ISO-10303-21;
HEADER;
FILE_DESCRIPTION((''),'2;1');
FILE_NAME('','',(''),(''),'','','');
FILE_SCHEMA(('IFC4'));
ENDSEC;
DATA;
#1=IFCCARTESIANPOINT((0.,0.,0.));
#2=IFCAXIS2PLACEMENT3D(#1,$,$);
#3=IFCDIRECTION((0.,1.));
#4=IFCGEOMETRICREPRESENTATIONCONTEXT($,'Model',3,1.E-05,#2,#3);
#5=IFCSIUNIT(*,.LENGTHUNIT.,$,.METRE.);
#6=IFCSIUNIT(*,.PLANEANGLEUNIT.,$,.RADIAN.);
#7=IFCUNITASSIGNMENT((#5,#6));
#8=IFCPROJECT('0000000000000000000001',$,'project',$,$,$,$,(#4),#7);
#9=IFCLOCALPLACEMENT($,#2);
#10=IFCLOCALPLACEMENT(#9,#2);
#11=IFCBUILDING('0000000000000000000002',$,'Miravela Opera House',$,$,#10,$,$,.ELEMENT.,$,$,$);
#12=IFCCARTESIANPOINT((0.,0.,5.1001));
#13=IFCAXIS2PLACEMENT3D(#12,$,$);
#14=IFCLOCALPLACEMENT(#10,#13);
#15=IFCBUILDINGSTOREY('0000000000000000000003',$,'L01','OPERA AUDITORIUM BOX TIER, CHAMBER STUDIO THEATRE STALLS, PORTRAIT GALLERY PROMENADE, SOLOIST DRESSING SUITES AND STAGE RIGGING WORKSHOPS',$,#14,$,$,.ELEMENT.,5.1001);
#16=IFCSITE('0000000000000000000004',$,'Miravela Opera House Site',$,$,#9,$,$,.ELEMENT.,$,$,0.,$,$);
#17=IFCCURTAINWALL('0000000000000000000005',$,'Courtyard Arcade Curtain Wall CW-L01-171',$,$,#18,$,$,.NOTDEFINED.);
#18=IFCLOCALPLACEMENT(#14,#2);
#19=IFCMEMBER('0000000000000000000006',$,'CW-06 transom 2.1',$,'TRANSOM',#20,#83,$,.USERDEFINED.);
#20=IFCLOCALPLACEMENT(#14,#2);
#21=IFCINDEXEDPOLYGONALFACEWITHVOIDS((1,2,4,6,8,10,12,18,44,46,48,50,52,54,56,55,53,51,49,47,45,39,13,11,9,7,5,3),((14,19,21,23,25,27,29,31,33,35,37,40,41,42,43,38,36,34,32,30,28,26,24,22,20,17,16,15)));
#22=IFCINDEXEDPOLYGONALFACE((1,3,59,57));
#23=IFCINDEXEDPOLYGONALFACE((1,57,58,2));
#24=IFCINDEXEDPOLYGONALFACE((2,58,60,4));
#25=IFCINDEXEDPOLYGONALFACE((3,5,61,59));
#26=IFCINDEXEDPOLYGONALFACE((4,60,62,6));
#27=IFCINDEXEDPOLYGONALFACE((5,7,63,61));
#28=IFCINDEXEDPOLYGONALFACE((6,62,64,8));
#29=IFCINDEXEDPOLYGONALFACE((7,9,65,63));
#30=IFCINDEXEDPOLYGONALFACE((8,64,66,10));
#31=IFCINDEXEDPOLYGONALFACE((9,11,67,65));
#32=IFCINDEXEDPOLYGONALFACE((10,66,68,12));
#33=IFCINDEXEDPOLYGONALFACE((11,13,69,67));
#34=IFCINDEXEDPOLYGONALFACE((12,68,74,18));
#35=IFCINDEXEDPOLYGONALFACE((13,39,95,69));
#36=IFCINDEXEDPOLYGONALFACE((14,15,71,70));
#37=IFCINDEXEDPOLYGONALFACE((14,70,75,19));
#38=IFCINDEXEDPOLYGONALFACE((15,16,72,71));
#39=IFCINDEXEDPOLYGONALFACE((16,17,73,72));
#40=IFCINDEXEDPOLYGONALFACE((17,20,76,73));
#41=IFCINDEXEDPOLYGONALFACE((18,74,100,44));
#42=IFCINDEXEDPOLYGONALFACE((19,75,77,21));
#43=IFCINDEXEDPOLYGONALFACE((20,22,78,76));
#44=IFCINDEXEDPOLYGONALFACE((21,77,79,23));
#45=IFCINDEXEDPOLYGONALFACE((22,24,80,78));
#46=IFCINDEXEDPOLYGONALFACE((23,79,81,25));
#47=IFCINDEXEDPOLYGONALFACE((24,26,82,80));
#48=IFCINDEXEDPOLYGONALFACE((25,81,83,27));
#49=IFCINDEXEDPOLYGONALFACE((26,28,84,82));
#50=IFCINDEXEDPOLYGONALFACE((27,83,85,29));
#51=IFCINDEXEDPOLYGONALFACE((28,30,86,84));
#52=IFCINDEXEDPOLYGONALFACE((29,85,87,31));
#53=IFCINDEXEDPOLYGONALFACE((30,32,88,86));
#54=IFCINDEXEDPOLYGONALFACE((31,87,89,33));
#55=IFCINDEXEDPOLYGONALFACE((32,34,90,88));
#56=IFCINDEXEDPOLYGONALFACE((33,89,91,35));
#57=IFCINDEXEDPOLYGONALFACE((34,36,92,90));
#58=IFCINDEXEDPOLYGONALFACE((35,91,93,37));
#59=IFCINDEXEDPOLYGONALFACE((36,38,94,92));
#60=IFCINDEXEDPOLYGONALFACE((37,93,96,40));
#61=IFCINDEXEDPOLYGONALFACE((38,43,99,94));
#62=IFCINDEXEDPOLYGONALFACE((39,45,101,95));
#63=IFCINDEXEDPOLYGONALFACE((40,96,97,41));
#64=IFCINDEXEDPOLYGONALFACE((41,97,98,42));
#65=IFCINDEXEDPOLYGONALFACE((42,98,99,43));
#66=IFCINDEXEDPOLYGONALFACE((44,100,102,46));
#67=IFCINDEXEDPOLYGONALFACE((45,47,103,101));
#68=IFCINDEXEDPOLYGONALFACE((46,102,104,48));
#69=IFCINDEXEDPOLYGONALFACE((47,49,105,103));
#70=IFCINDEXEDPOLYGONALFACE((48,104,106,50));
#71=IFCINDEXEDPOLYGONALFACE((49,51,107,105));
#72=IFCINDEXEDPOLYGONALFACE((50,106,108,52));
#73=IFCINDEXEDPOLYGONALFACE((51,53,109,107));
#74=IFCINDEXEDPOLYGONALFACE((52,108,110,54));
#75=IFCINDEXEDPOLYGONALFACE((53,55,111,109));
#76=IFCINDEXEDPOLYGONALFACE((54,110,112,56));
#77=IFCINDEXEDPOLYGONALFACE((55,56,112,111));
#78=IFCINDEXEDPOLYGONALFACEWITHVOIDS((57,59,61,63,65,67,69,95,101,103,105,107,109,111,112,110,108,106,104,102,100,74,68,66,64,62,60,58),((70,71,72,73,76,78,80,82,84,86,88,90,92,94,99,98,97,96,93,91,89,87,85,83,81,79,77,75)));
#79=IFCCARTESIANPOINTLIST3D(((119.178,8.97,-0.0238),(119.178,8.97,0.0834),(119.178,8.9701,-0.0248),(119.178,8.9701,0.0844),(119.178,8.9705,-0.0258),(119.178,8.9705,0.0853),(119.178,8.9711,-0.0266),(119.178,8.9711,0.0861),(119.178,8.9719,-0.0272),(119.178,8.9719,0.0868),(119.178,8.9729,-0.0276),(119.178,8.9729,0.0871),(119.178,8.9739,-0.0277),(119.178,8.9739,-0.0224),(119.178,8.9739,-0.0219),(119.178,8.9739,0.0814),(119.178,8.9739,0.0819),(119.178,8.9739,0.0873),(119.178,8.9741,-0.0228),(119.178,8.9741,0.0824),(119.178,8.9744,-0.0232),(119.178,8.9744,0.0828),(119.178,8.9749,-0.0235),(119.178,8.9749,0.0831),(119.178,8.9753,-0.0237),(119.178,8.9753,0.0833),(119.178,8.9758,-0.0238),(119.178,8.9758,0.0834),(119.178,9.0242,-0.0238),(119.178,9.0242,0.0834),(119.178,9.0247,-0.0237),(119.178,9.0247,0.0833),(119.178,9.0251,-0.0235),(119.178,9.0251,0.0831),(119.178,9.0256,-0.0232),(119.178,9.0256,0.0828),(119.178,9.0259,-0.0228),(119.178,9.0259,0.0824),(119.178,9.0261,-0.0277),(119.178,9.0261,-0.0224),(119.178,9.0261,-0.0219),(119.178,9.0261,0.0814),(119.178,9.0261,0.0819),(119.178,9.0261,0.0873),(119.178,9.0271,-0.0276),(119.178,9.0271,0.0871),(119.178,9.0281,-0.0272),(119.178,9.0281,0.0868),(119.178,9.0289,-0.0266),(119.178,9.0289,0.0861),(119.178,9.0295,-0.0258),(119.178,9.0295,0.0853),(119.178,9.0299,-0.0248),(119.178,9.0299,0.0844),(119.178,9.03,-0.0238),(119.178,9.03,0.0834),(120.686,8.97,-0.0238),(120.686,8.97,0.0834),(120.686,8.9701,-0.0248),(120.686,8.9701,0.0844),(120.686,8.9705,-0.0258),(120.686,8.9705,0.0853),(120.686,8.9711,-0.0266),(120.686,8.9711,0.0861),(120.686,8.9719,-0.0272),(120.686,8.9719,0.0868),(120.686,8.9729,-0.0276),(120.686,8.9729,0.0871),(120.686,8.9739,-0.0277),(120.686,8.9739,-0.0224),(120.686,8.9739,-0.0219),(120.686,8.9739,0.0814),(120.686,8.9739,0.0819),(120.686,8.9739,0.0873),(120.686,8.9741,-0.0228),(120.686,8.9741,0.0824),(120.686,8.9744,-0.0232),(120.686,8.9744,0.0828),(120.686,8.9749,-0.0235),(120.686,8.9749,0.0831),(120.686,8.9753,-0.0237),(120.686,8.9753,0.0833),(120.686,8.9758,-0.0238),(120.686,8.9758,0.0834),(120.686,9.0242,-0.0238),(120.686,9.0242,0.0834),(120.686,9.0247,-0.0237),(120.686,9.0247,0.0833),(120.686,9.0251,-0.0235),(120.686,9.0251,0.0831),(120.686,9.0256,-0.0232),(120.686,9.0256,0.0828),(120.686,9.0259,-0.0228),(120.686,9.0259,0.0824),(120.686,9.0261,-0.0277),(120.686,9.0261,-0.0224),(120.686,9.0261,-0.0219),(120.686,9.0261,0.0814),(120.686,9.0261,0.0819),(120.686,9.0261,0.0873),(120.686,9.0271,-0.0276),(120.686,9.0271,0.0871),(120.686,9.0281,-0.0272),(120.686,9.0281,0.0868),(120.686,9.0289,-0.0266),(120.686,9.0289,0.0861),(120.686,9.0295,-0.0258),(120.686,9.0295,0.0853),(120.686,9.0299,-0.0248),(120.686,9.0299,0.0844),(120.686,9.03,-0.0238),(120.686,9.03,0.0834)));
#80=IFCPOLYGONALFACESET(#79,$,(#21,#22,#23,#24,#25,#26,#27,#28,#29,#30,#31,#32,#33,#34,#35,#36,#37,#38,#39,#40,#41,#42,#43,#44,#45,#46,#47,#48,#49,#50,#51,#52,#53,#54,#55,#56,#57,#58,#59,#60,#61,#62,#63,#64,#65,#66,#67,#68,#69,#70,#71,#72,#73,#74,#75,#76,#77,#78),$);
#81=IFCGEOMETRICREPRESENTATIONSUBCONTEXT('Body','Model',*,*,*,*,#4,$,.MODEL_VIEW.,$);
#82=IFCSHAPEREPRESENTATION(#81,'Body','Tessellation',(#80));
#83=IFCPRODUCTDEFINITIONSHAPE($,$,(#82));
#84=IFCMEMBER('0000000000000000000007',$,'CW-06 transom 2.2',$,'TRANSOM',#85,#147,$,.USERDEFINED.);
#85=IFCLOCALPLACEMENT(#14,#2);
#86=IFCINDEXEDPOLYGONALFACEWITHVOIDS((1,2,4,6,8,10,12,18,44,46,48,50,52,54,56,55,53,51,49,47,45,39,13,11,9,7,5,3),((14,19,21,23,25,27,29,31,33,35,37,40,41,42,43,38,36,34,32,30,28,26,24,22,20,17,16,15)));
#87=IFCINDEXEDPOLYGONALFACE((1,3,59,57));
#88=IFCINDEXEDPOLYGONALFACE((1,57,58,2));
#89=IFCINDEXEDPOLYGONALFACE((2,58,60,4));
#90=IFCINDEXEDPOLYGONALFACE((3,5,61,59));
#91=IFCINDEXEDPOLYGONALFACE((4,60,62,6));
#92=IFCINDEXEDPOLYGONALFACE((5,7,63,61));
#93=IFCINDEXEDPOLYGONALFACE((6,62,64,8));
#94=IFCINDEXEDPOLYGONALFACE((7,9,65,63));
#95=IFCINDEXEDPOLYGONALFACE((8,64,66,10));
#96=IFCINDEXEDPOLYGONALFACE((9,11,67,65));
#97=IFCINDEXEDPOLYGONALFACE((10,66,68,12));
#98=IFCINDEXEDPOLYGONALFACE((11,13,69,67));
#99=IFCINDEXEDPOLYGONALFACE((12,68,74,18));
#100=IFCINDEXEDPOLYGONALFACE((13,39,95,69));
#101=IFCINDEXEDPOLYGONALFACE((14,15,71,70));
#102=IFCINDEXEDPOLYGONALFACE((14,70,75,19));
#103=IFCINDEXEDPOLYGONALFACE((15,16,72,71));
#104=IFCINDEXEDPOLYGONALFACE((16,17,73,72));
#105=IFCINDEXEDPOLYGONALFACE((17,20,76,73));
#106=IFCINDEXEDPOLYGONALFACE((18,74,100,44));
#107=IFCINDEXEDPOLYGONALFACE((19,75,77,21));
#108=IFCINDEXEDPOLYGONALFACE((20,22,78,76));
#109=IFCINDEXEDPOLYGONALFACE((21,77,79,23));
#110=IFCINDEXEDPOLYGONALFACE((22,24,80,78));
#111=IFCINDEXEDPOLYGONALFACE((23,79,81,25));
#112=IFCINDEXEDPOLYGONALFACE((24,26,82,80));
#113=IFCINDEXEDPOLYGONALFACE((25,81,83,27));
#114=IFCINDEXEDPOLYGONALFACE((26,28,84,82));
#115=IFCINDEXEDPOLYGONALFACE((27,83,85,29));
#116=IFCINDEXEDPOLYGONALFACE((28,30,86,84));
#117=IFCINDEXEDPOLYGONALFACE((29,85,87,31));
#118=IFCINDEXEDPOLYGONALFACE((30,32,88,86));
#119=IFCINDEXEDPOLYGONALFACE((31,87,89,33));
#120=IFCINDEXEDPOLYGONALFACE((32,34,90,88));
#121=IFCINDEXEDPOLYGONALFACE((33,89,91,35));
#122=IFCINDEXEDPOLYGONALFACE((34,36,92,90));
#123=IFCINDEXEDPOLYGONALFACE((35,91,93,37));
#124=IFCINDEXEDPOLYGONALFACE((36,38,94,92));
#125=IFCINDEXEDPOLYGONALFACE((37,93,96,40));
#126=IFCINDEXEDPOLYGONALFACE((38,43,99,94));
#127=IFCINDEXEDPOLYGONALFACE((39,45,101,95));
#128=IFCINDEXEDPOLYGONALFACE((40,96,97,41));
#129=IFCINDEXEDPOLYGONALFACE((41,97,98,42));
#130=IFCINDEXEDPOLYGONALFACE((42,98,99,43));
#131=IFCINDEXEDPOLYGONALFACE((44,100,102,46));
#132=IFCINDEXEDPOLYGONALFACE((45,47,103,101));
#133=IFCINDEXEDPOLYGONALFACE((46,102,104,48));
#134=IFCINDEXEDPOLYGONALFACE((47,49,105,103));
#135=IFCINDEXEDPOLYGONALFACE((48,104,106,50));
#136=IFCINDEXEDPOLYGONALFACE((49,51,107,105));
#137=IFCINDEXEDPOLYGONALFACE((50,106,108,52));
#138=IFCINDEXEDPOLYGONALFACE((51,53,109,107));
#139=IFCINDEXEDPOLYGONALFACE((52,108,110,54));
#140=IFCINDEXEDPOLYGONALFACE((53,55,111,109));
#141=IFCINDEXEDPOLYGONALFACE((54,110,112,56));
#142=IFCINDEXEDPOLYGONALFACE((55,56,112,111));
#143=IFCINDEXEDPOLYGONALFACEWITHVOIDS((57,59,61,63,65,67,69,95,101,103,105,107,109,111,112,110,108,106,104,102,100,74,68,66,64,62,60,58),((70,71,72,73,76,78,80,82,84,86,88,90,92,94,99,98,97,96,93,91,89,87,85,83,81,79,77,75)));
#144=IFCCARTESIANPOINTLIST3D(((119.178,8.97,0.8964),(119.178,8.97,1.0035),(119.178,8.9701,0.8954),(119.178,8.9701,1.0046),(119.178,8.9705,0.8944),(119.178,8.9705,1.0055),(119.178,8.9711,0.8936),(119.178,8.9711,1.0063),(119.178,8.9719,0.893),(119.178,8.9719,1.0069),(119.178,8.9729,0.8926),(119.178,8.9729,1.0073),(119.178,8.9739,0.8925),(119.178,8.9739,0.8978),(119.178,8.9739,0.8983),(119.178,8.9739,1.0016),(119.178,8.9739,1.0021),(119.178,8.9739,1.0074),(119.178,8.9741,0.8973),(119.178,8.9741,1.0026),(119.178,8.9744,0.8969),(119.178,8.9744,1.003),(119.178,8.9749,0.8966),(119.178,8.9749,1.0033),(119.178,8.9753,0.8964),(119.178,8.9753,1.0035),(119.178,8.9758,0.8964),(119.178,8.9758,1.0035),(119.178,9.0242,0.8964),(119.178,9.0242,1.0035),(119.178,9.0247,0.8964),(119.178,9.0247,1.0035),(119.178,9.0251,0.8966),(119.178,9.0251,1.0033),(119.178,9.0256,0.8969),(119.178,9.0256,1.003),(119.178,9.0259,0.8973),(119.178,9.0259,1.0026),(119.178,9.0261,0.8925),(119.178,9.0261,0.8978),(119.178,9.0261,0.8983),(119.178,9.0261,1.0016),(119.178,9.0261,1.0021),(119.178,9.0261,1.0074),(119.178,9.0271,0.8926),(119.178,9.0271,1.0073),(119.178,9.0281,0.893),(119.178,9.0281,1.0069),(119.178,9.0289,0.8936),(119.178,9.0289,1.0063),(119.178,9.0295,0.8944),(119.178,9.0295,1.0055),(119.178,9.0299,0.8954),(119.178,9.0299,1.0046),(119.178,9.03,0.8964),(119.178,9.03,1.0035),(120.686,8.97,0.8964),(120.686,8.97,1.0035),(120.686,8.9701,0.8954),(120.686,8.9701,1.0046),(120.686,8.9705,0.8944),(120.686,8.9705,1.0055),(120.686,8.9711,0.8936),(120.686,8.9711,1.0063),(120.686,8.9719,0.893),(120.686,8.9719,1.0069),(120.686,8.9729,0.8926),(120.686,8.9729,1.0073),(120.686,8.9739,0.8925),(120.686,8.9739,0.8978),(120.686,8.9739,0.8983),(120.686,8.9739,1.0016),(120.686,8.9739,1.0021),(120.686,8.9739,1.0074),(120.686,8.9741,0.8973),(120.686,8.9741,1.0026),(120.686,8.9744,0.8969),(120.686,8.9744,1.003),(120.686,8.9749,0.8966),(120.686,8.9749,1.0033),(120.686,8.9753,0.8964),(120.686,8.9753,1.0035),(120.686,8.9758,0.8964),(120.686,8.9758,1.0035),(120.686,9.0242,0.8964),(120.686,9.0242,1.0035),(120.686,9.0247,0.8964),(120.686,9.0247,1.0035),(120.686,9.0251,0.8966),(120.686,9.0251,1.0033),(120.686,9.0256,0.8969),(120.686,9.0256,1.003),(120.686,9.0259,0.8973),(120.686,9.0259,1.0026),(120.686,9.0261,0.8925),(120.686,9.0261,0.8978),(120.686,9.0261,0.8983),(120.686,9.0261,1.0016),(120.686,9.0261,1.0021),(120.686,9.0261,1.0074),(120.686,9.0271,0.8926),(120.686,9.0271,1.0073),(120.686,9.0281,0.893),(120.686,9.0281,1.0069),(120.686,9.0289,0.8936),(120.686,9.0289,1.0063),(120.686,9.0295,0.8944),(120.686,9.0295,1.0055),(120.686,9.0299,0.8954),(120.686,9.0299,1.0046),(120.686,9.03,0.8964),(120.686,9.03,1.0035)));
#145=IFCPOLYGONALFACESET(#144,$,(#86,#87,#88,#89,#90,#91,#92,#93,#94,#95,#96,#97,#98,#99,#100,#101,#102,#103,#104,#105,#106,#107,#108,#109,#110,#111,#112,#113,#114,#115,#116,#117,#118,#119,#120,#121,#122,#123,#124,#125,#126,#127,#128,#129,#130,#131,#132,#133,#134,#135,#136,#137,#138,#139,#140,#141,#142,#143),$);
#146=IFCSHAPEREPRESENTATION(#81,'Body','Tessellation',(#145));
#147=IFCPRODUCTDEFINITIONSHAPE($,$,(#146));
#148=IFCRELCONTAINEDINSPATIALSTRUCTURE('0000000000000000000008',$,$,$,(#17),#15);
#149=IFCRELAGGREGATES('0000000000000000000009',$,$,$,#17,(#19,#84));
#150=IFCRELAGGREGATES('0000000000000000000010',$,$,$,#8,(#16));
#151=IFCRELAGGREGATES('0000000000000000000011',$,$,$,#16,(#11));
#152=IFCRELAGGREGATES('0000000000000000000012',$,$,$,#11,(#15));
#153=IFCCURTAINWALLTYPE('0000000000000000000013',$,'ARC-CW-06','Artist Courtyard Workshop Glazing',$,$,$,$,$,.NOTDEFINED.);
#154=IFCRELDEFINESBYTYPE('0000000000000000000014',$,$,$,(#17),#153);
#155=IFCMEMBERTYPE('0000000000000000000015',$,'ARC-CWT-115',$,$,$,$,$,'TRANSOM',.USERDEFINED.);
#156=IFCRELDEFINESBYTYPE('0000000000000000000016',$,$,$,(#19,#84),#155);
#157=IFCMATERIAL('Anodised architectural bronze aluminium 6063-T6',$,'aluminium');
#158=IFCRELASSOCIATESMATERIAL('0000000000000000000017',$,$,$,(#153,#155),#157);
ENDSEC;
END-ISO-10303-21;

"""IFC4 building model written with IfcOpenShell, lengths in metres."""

from ifc_helpers import new_model, si_unit, direction, frame, origin, origin_2d, place, context, subcontext, project, spatial, hollow_rectangle, extrude, material, material_profile, profile_set, type_object, element, aggregate, save


model = new_model("IFC4")

# Units and contexts
model_context = context("Model", 3, precision=1e-05, world=origin(), true_north=direction((0.0, 1.0)))
body_context = subcontext(model_context, "Body", "Model", "MODEL_VIEW")
ifc_project = project(units=[si_unit("LENGTHUNIT", "METRE"), si_unit("PLANEANGLEUNIT", "RADIAN")], contexts=[model_context])

# Site, building, storey
site_placement = place(None, origin())
site = spatial("IfcSite", under=ifc_project, at=site_placement, Name="Miravela Opera House Site", CompositionType="ELEMENT", RefElevation=0.0)
building_placement = place(site_placement, origin())
building = spatial("IfcBuilding", under=site, at=building_placement, Name="Miravela Opera House", CompositionType="ELEMENT")
storey_placement = place(building_placement, frame((0.0, 0.0, 5.1001)))
storey = spatial("IfcBuildingStorey", under=building, at=storey_placement, Name="L01", Description="OPERA AUDITORIUM BOX TIER, CHAMBER STUDIO THEATRE STALLS, PORTRAIT GALLERY PROMENADE, SOLOIST DRESSING SUITES AND STAGE RIGGING WORKSHOPS", CompositionType="ELEMENT", Elevation=5.1001)

# Curtain wall, members
ifc_material_1 = material(Name="Anodised architectural bronze aluminium 6063-T6", Category="aluminium")
curtain_wall_type = type_object("IfcCurtainWallType", Name="ARC-CW-06", Description="Artist Courtyard Workshop Glazing", PredefinedType="NOTDEFINED", material=ifc_material_1)
curtain_wall_placement = place(storey_placement, origin())
curtain_wall = element("IfcCurtainWall", 1, at=curtain_wall_placement, inside=storey, type_object=curtain_wall_type, Name="Courtyard Arcade Curtain Wall CW-L01-171", PredefinedType="NOTDEFINED")
ifc_material_profile_1 = material_profile(ifc_material_1, hollow_rectangle(XDim=0.0601, YDim=0.115, WallThickness=0.0039, InnerFilletRadius=0.002, OuterFilletRadius=0.0039, at=origin_2d()), Name="CWT-60X115")
ifc_profile_set_1 = profile_set([ifc_material_profile_1])
member_type_1 = type_object("IfcMemberType", Name="ARC-CWT-115", ElementType="TRANSOM", PredefinedType="USERDEFINED", material=ifc_profile_set_1)
member_1_placement = place(storey_placement, frame((119.178, 9.0, 0.0298), z_axis=(1.0, 0.0, 0.0), x_axis=(0.0, 1.0, 0.0)))
member_1 = element("IfcMember", 2, at=member_1_placement, type_object=member_type_1, Name="CW-06 transom 2.1", ObjectType="TRANSOM", PredefinedType="USERDEFINED", context=body_context, shape_type="SweptSolid", body=[
    extrude(hollow_rectangle(XDim=0.0601, YDim=0.115, WallThickness=0.0039, InnerFilletRadius=0.002, OuterFilletRadius=0.0039, at=origin_2d()), origin(), (0.0, 0.0, 1.0), 1.5081),
])
member_2_placement = place(storey_placement, frame((119.178, 9.0, 0.95), z_axis=(1.0, 0.0, 0.0), x_axis=(0.0, 1.0, 0.0)))
member_2 = element("IfcMember", 3, at=member_2_placement, type_object=member_type_1, Name="CW-06 transom 2.2", ObjectType="TRANSOM", PredefinedType="USERDEFINED", context=body_context, shape_type="SweptSolid", body=[
    extrude(hollow_rectangle(XDim=0.0601, YDim=0.115, WallThickness=0.0039, InnerFilletRadius=0.002, OuterFilletRadius=0.0039, at=origin_2d()), origin(), (0.0, 0.0, 1.0), 1.5081),
])

aggregate(curtain_wall, [member_1, member_2])

save(model, "model.ifc")
